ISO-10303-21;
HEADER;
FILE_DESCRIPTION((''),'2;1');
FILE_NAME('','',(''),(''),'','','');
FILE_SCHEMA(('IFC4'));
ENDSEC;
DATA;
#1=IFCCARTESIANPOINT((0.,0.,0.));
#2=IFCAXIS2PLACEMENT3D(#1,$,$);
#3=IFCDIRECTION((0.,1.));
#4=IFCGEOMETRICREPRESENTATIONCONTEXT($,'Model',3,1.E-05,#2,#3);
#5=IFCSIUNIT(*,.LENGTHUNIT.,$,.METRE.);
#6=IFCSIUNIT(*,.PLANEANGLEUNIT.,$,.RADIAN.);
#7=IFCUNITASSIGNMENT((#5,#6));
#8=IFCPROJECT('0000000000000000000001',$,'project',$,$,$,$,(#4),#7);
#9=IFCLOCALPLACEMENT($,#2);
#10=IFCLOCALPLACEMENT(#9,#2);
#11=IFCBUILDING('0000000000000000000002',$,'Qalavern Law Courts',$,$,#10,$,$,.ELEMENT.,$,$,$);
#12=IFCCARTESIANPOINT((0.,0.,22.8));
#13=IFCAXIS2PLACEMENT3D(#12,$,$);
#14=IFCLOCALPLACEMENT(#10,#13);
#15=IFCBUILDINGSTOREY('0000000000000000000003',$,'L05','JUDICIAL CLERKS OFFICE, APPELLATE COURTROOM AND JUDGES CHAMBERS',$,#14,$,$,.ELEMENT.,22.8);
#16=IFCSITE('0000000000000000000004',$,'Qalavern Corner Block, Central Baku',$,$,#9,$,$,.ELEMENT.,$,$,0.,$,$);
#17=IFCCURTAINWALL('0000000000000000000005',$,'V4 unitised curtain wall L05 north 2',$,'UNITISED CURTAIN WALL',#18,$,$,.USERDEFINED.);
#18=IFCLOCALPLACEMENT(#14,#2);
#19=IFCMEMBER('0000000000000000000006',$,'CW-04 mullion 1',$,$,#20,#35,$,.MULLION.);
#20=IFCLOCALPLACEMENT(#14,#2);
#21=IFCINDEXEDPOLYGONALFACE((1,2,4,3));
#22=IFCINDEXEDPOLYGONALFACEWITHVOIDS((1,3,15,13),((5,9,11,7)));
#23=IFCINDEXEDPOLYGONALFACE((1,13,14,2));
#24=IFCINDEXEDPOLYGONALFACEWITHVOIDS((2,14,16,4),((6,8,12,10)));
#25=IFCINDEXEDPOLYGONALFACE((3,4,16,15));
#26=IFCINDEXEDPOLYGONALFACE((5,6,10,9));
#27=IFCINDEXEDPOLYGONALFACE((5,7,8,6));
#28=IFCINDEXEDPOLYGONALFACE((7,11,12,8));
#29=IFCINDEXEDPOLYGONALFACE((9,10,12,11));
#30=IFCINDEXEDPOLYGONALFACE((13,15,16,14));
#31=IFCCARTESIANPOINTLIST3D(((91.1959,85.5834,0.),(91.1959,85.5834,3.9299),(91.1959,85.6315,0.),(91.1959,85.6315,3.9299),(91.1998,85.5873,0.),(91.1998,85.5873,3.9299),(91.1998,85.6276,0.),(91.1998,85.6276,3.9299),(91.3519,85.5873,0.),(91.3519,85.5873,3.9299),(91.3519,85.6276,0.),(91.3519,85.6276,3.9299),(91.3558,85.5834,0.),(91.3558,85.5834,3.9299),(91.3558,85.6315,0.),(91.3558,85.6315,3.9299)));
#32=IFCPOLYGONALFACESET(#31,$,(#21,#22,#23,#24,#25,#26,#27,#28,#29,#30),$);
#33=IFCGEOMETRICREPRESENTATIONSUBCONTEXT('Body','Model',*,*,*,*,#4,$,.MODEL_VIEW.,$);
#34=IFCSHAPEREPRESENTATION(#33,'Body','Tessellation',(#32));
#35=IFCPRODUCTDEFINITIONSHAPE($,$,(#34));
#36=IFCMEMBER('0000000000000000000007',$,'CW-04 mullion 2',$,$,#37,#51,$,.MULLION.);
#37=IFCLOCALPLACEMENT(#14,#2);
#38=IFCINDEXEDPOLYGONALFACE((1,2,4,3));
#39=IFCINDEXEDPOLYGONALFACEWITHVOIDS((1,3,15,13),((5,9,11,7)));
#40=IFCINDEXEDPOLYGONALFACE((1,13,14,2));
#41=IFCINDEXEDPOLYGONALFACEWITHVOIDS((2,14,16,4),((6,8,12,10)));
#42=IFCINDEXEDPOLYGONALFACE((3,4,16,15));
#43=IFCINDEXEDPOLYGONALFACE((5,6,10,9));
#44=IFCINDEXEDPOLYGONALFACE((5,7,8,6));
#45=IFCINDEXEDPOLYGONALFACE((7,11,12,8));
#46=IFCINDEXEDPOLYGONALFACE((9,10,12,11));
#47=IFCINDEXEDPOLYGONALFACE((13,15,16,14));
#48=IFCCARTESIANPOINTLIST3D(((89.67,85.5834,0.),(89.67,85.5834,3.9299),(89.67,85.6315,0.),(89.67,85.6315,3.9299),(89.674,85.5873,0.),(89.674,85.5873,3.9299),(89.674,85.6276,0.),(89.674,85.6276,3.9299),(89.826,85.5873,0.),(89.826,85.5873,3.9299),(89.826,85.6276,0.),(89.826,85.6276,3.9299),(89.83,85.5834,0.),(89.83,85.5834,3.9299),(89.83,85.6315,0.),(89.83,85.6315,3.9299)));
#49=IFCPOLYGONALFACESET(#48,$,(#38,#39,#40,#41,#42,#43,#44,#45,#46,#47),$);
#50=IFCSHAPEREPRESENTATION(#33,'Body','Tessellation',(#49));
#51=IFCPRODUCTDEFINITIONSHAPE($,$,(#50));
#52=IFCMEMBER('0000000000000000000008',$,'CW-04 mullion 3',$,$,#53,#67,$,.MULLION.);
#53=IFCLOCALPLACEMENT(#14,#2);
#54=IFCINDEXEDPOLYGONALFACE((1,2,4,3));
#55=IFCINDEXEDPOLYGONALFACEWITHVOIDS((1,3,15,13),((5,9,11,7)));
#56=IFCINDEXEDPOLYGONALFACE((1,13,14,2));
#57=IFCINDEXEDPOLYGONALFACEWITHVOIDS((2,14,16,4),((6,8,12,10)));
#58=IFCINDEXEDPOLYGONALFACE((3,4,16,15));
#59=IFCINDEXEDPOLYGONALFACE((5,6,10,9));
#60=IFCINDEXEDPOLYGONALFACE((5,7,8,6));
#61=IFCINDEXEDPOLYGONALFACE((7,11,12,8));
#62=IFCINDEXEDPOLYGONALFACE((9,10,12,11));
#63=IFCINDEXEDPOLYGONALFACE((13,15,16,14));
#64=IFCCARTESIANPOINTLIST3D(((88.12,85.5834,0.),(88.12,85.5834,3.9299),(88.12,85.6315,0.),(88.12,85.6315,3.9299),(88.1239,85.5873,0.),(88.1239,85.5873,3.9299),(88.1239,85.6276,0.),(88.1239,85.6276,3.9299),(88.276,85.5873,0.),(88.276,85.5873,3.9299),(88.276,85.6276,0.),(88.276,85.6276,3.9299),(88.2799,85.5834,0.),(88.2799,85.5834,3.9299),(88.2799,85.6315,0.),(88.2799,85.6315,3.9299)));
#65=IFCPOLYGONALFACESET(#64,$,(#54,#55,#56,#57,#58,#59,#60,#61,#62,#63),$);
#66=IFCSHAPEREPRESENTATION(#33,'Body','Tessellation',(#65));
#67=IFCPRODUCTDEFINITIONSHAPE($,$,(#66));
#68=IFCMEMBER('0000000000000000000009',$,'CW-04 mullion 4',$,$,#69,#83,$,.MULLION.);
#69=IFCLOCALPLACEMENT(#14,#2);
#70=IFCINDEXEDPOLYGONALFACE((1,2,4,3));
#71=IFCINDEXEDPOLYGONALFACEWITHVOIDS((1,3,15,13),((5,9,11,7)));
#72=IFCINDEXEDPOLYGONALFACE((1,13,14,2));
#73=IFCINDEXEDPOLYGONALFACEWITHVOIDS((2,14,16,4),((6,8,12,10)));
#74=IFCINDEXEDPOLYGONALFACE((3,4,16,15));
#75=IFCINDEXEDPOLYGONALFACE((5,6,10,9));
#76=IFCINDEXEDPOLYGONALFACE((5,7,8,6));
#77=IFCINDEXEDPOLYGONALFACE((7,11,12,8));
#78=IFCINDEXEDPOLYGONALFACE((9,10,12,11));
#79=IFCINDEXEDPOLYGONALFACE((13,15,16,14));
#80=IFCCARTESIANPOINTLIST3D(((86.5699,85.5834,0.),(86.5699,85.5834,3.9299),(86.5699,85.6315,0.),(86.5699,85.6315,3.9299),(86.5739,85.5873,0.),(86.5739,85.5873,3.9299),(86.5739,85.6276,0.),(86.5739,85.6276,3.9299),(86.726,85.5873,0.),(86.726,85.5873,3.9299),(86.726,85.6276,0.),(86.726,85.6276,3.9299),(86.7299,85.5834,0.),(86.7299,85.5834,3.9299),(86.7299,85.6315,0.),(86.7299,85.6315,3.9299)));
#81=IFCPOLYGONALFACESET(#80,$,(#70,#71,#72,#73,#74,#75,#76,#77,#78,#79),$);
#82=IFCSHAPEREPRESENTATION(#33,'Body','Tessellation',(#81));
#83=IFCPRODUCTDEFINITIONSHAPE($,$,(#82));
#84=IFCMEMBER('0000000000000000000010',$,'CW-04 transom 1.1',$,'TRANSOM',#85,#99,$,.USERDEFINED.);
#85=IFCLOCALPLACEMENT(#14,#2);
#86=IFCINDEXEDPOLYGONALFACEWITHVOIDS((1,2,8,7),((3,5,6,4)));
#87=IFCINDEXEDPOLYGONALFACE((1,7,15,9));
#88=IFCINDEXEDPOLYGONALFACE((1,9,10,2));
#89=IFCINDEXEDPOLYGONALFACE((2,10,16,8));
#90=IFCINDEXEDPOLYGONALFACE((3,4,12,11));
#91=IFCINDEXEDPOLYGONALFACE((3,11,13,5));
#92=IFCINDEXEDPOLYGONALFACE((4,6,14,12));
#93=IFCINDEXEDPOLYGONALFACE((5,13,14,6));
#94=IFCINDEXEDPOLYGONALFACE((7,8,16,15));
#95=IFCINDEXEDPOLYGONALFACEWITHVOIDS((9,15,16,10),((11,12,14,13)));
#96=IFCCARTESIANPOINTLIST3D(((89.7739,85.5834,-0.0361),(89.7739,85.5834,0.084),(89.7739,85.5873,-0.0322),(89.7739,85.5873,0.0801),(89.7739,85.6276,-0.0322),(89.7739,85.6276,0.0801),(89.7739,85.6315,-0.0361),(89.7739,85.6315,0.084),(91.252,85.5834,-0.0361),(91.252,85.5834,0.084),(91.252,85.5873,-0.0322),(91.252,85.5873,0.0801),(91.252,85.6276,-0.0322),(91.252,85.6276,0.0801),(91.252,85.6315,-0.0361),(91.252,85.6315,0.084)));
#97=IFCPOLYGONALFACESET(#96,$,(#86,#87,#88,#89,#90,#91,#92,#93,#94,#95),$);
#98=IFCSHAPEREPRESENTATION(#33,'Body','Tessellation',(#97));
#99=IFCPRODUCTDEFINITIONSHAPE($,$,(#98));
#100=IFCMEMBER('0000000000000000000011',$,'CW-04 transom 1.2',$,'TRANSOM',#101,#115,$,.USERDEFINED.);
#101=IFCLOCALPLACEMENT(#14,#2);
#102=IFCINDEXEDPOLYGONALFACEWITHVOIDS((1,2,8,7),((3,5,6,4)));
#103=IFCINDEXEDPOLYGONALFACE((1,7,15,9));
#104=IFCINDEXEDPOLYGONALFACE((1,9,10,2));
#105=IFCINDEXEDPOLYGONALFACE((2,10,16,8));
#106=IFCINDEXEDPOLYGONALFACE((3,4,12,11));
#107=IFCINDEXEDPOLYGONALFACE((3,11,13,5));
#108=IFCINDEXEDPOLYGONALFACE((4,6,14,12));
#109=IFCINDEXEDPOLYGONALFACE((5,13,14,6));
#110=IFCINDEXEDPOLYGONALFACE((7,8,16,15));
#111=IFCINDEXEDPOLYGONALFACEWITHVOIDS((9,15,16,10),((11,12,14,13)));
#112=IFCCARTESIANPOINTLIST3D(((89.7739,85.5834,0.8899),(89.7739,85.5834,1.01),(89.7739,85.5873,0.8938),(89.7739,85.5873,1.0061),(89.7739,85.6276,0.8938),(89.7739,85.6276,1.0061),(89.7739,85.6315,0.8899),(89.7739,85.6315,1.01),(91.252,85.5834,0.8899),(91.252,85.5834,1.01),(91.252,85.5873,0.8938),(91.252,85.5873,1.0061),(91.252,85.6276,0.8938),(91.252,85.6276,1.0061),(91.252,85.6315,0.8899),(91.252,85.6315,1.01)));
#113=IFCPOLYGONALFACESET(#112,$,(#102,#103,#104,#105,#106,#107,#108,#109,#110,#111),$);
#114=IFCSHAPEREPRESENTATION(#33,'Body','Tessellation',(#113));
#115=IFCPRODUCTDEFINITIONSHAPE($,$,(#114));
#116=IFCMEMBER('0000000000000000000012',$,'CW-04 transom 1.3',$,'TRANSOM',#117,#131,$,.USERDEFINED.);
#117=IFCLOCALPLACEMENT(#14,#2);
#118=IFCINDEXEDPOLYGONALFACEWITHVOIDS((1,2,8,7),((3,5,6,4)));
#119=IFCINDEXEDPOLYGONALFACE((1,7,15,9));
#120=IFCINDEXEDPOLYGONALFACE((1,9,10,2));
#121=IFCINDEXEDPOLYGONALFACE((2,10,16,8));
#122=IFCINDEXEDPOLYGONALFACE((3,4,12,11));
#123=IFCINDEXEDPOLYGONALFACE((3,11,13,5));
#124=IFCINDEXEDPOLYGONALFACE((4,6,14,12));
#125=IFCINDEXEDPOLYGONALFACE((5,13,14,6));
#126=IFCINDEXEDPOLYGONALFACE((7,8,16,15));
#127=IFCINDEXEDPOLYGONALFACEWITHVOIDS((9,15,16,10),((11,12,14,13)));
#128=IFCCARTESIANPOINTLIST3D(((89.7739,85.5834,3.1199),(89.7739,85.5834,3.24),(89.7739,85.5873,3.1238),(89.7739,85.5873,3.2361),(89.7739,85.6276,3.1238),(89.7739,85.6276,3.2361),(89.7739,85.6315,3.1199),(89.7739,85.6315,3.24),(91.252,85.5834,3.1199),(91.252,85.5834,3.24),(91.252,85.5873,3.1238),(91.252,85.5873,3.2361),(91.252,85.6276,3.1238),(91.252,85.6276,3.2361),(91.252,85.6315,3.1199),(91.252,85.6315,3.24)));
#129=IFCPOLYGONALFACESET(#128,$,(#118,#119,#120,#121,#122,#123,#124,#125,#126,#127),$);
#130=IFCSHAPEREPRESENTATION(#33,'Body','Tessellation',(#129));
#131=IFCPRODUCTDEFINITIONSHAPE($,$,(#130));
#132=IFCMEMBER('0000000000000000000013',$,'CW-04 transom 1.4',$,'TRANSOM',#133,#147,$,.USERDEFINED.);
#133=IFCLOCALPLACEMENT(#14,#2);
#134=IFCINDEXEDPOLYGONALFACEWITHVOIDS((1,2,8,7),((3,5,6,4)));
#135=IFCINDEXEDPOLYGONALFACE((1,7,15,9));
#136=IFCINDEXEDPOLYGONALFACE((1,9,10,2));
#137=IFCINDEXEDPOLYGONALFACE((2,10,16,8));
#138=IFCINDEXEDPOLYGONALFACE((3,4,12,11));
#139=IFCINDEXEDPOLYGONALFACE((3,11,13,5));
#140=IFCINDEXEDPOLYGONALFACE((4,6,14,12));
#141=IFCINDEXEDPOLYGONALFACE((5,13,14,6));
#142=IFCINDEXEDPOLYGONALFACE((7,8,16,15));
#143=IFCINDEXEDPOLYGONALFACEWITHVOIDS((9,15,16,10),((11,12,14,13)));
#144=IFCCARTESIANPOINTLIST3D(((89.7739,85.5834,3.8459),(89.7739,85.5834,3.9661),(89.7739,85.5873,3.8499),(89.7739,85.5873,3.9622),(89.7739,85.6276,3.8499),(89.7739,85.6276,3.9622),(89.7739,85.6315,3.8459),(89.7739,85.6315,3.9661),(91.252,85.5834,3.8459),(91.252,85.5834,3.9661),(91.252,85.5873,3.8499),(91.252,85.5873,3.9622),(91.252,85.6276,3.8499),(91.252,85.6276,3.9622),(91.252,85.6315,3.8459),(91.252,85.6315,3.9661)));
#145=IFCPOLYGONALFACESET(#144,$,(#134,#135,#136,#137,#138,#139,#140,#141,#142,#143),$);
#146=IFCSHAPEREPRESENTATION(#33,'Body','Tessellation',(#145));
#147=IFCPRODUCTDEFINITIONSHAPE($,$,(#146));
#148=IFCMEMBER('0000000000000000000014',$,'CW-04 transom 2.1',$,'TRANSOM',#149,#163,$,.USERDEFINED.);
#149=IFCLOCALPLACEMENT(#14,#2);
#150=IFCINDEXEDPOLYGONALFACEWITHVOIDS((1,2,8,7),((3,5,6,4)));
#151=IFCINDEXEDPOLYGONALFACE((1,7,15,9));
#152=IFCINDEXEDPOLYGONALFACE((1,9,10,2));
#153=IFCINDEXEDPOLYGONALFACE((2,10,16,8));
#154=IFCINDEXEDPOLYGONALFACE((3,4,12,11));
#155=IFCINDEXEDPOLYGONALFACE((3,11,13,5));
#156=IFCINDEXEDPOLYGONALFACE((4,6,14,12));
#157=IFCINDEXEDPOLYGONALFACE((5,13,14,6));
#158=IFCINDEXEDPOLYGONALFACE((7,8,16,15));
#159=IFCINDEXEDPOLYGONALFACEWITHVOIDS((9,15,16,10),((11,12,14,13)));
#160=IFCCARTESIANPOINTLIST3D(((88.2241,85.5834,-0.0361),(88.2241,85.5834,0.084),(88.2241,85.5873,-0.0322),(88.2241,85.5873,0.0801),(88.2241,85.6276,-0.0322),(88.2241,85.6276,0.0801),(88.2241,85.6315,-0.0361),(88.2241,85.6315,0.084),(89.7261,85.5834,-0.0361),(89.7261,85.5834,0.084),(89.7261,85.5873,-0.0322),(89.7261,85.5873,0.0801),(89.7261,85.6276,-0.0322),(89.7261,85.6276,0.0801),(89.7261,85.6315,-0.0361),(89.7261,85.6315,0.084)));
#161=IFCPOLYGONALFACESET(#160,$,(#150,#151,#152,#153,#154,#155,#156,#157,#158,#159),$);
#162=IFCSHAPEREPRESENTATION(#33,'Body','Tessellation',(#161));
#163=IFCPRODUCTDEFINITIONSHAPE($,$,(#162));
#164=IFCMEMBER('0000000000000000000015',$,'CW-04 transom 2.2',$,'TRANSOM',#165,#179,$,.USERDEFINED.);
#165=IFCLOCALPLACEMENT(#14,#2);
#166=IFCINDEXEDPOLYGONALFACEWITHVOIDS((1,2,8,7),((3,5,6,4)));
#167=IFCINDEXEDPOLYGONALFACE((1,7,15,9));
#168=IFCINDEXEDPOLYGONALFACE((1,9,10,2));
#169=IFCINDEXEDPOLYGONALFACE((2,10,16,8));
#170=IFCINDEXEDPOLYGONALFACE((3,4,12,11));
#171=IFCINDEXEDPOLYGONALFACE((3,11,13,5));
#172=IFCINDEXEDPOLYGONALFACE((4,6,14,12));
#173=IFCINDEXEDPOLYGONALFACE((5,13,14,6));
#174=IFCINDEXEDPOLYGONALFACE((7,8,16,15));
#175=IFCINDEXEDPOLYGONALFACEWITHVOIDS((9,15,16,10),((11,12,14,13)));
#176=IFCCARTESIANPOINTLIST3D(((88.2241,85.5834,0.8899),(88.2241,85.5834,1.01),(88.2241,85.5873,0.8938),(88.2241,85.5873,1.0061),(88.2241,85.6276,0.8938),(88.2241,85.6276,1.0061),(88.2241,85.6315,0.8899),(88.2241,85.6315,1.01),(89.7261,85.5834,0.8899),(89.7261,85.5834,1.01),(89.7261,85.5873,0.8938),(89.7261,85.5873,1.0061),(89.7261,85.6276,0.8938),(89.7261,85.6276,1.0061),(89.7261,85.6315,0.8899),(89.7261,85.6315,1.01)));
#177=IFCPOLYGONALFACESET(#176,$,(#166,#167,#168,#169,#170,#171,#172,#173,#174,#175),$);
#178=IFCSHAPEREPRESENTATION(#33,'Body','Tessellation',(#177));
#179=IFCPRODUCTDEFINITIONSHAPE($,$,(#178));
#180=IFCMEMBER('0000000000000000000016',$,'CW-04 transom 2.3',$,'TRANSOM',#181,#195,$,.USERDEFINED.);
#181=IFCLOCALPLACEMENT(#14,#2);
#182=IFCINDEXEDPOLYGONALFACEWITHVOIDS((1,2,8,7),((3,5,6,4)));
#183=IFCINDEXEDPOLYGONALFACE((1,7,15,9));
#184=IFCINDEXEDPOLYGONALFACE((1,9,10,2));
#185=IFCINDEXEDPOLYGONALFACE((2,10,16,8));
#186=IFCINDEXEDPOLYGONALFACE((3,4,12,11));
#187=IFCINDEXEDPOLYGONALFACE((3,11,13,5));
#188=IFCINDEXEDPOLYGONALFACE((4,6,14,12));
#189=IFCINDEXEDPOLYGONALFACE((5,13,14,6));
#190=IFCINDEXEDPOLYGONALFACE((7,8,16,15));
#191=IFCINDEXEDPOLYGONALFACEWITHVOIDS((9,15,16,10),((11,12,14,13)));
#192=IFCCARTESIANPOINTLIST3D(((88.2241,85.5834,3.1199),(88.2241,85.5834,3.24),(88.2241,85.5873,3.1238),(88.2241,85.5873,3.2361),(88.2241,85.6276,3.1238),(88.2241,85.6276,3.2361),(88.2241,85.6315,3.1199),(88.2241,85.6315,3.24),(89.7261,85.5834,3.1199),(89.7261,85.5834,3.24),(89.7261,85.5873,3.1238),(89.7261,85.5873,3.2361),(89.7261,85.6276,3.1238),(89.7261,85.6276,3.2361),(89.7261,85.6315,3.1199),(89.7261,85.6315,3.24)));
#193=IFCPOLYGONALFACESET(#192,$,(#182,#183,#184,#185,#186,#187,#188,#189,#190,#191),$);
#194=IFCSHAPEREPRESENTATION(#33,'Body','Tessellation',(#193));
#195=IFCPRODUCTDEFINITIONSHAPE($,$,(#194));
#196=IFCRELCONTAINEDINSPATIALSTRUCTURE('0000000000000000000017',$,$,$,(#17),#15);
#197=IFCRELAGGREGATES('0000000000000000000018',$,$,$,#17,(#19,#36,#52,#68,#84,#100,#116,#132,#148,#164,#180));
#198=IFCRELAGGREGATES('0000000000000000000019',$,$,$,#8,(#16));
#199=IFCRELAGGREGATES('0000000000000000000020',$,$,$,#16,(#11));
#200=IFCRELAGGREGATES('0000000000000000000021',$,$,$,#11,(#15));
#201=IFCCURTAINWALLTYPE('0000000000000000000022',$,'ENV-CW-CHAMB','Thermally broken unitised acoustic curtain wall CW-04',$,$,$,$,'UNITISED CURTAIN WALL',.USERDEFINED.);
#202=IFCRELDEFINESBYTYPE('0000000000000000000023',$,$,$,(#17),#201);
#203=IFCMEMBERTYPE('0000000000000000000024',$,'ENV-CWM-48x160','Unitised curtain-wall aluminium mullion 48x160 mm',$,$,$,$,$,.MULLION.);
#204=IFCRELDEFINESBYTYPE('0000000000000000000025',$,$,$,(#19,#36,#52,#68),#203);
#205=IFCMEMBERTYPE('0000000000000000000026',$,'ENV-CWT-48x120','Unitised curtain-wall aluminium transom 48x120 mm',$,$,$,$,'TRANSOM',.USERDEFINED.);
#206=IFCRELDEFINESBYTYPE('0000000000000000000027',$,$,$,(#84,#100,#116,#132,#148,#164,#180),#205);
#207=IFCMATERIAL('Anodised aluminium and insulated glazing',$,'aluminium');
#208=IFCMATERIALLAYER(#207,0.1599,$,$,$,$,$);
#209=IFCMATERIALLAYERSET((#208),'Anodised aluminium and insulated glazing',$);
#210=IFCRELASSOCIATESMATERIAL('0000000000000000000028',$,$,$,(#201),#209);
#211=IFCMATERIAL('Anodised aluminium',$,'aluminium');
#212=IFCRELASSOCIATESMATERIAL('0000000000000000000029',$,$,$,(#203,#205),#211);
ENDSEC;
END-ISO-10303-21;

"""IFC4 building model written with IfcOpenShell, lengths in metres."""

from ifc_helpers import new_model, si_unit, direction, frame, origin, origin_2d, place, context, subcontext, project, spatial, hollow_rectangle, extrude, material, layer, layer_set, material_profile, profile_set, type_object, element, aggregate, save


model = new_model("IFC4")

# Units and contexts
model_context = context("Model", 3, precision=1e-05, world=origin(), true_north=direction((0.0, 1.0)))
body_context = subcontext(model_context, "Body", "Model", "MODEL_VIEW")
ifc_project = project(units=[si_unit("LENGTHUNIT", "METRE"), si_unit("PLANEANGLEUNIT", "RADIAN")], contexts=[model_context])

# Site, building, storey
site_placement = place(None, origin())
site = spatial("IfcSite", under=ifc_project, at=site_placement, Name="Qalavern Corner Block, Central Baku", CompositionType="ELEMENT", RefElevation=0.0)
building_placement = place(site_placement, origin())
building = spatial("IfcBuilding", under=site, at=building_placement, Name="Qalavern Law Courts", CompositionType="ELEMENT")
storey_placement = place(building_placement, frame((0.0, 0.0, 22.8)))
storey = spatial("IfcBuildingStorey", under=building, at=storey_placement, Name="L05", Description="JUDICIAL CLERKS OFFICE, APPELLATE COURTROOM AND JUDGES CHAMBERS", CompositionType="ELEMENT", Elevation=22.8)

# Curtain wall, members
ifc_material_1 = material(Name="Anodised aluminium and insulated glazing", Category="aluminium")
ifc_layer_1 = layer(ifc_material_1, 0.1599)
ifc_layer_set_1 = layer_set([ifc_layer_1], Name="Anodised aluminium and insulated glazing")
curtain_wall_type = type_object("IfcCurtainWallType", Name="ENV-CW-CHAMB", Description="Thermally broken unitised acoustic curtain wall CW-04", ElementType="UNITISED CURTAIN WALL", PredefinedType="USERDEFINED", material=ifc_layer_set_1)
curtain_wall_placement = place(storey_placement, origin())
curtain_wall = element("IfcCurtainWall", 1, at=curtain_wall_placement, inside=storey, type_object=curtain_wall_type, Name="V4 unitised curtain wall L05 north 2", ObjectType="UNITISED CURTAIN WALL", PredefinedType="USERDEFINED")
ifc_material_2 = material(Name="Anodised aluminium", Category="aluminium")
ifc_material_profile_1 = material_profile(ifc_material_2, hollow_rectangle(XDim=0.0481, YDim=0.1599, WallThickness=0.0039, at=origin_2d()), Name="ALU MULLION 48x160")
ifc_profile_set_1 = profile_set([ifc_material_profile_1], Name="Anodised aluminium")
member_type_1 = type_object("IfcMemberType", Name="ENV-CWM-48x160", Description="Unitised curtain-wall aluminium mullion 48x160 mm", PredefinedType="MULLION", material=ifc_profile_set_1)
member_1_placement = place(storey_placement, frame((91.2759, 85.6074, 0.0), z_axis=(0.0, 0.0, 1.0), x_axis=(0.0, -1.0, 0.0)))
member_1 = element("IfcMember", 2, at=member_1_placement, type_object=member_type_1, Name="CW-04 mullion 1", PredefinedType="MULLION", context=body_context, shape_type="SweptSolid", body=[
    extrude(hollow_rectangle(XDim=0.0481, YDim=0.1599, WallThickness=0.0039, at=origin_2d()), origin(), (0.0, 0.0, 1.0), 3.9299),
])
member_2_placement = place(storey_placement, frame((89.75, 85.6074, 0.0), z_axis=(0.0, 0.0, 1.0), x_axis=(0.0, -1.0, 0.0)))
member_2 = element("IfcMember", 3, at=member_2_placement, type_object=member_type_1, Name="CW-04 mullion 2", PredefinedType="MULLION", context=body_context, shape_type="SweptSolid", body=[
    extrude(hollow_rectangle(XDim=0.0481, YDim=0.1599, WallThickness=0.0039, at=origin_2d()), origin(), (0.0, 0.0, 1.0), 3.9299),
])
member_3_placement = place(storey_placement, frame((88.2, 85.6074, 0.0), z_axis=(0.0, 0.0, 1.0), x_axis=(0.0, -1.0, 0.0)))
member_3 = element("IfcMember", 4, at=member_3_placement, type_object=member_type_1, Name="CW-04 mullion 3", PredefinedType="MULLION", context=body_context, shape_type="SweptSolid", body=[
    extrude(hollow_rectangle(XDim=0.0481, YDim=0.1599, WallThickness=0.0039, at=origin_2d()), origin(), (0.0, 0.0, 1.0), 3.9299),
])
member_4_placement = place(storey_placement, frame((86.6499, 85.6074, 0.0), z_axis=(0.0, 0.0, 1.0), x_axis=(0.0, -1.0, 0.0)))
member_4 = element("IfcMember", 5, at=member_4_placement, type_object=member_type_1, Name="CW-04 mullion 4", PredefinedType="MULLION", context=body_context, shape_type="SweptSolid", body=[
    extrude(hollow_rectangle(XDim=0.0481, YDim=0.1599, WallThickness=0.0039, at=origin_2d()), origin(), (0.0, 0.0, 1.0), 3.9299),
])
ifc_material_profile_2 = material_profile(ifc_material_2, hollow_rectangle(XDim=0.0481, YDim=0.1201, WallThickness=0.0039, at=origin_2d()), Name="ALU TRANSOM 48x120")
ifc_profile_set_2 = profile_set([ifc_material_profile_2], Name="Anodised aluminium")
member_type_2 = type_object("IfcMemberType", Name="ENV-CWT-48x120", Description="Unitised curtain-wall aluminium transom 48x120 mm", ElementType="TRANSOM", PredefinedType="USERDEFINED", material=ifc_profile_set_2)
member_5_placement = place(storey_placement, frame((91.252, 85.6074, 0.0239), z_axis=(-1.0, 0.0, 0.0), x_axis=(0.0, -1.0, 0.0)))
member_5 = element("IfcMember", 6, at=member_5_placement, type_object=member_type_2, Name="CW-04 transom 1.1", ObjectType="TRANSOM", PredefinedType="USERDEFINED", context=body_context, shape_type="SweptSolid", body=[
    extrude(hollow_rectangle(XDim=0.0481, YDim=0.1201, WallThickness=0.0039, at=origin_2d()), origin(), (0.0, 0.0, 1.0), 1.478),
])
member_6_placement = place(storey_placement, frame((91.252, 85.6074, 0.95), z_axis=(-1.0, 0.0, 0.0), x_axis=(0.0, -1.0, 0.0)))
member_6 = element("IfcMember", 7, at=member_6_placement, type_object=member_type_2, Name="CW-04 transom 1.2", ObjectType="TRANSOM", PredefinedType="USERDEFINED", context=body_context, shape_type="SweptSolid", body=[
    extrude(hollow_rectangle(XDim=0.0481, YDim=0.1201, WallThickness=0.0039, at=origin_2d()), origin(), (0.0, 0.0, 1.0), 1.478),
])
member_7_placement = place(storey_placement, frame((91.252, 85.6074, 3.1799), z_axis=(-1.0, 0.0, 0.0), x_axis=(0.0, -1.0, 0.0)))
member_7 = element("IfcMember", 8, at=member_7_placement, type_object=member_type_2, Name="CW-04 transom 1.3", ObjectType="TRANSOM", PredefinedType="USERDEFINED", context=body_context, shape_type="SweptSolid", body=[
    extrude(hollow_rectangle(XDim=0.0481, YDim=0.1201, WallThickness=0.0039, at=origin_2d()), origin(), (0.0, 0.0, 1.0), 1.478),
])
member_8_placement = place(storey_placement, frame((91.252, 85.6074, 3.906), z_axis=(-1.0, 0.0, 0.0), x_axis=(0.0, -1.0, 0.0)))
member_8 = element("IfcMember", 9, at=member_8_placement, type_object=member_type_2, Name="CW-04 transom 1.4", ObjectType="TRANSOM", PredefinedType="USERDEFINED", context=body_context, shape_type="SweptSolid", body=[
    extrude(hollow_rectangle(XDim=0.0481, YDim=0.1201, WallThickness=0.0039, at=origin_2d()), origin(), (0.0, 0.0, 1.0), 1.478),
])
member_9_placement = place(storey_placement, frame((89.7261, 85.6074, 0.0239), z_axis=(-1.0, 0.0, 0.0), x_axis=(0.0, -1.0, 0.0)))
member_9 = element("IfcMember", 10, at=member_9_placement, type_object=member_type_2, Name="CW-04 transom 2.1", ObjectType="TRANSOM", PredefinedType="USERDEFINED", context=body_context, shape_type="SweptSolid", body=[
    extrude(hollow_rectangle(XDim=0.0481, YDim=0.1201, WallThickness=0.0039, at=origin_2d()), origin(), (0.0, 0.0, 1.0), 1.502),
])
member_10_placement = place(storey_placement, frame((89.7261, 85.6074, 0.95), z_axis=(-1.0, 0.0, 0.0), x_axis=(0.0, -1.0, 0.0)))
member_10 = element("IfcMember", 11, at=member_10_placement, type_object=member_type_2, Name="CW-04 transom 2.2", ObjectType="TRANSOM", PredefinedType="USERDEFINED", context=body_context, shape_type="SweptSolid", body=[
    extrude(hollow_rectangle(XDim=0.0481, YDim=0.1201, WallThickness=0.0039, at=origin_2d()), origin(), (0.0, 0.0, 1.0), 1.502),
])
member_11_placement = place(storey_placement, frame((89.7261, 85.6074, 3.1799), z_axis=(-1.0, 0.0, 0.0), x_axis=(0.0, -1.0, 0.0)))
member_11 = element("IfcMember", 12, at=member_11_placement, type_object=member_type_2, Name="CW-04 transom 2.3", ObjectType="TRANSOM", PredefinedType="USERDEFINED", context=body_context, shape_type="SweptSolid", body=[
    extrude(hollow_rectangle(XDim=0.0481, YDim=0.1201, WallThickness=0.0039, at=origin_2d()), origin(), (0.0, 0.0, 1.0), 1.502),
])
aggregate(curtain_wall, [member_1, member_2, member_3, member_4, member_5, member_6, member_7, member_8, member_9, member_10, member_11])

save(model, "model.ifc")
